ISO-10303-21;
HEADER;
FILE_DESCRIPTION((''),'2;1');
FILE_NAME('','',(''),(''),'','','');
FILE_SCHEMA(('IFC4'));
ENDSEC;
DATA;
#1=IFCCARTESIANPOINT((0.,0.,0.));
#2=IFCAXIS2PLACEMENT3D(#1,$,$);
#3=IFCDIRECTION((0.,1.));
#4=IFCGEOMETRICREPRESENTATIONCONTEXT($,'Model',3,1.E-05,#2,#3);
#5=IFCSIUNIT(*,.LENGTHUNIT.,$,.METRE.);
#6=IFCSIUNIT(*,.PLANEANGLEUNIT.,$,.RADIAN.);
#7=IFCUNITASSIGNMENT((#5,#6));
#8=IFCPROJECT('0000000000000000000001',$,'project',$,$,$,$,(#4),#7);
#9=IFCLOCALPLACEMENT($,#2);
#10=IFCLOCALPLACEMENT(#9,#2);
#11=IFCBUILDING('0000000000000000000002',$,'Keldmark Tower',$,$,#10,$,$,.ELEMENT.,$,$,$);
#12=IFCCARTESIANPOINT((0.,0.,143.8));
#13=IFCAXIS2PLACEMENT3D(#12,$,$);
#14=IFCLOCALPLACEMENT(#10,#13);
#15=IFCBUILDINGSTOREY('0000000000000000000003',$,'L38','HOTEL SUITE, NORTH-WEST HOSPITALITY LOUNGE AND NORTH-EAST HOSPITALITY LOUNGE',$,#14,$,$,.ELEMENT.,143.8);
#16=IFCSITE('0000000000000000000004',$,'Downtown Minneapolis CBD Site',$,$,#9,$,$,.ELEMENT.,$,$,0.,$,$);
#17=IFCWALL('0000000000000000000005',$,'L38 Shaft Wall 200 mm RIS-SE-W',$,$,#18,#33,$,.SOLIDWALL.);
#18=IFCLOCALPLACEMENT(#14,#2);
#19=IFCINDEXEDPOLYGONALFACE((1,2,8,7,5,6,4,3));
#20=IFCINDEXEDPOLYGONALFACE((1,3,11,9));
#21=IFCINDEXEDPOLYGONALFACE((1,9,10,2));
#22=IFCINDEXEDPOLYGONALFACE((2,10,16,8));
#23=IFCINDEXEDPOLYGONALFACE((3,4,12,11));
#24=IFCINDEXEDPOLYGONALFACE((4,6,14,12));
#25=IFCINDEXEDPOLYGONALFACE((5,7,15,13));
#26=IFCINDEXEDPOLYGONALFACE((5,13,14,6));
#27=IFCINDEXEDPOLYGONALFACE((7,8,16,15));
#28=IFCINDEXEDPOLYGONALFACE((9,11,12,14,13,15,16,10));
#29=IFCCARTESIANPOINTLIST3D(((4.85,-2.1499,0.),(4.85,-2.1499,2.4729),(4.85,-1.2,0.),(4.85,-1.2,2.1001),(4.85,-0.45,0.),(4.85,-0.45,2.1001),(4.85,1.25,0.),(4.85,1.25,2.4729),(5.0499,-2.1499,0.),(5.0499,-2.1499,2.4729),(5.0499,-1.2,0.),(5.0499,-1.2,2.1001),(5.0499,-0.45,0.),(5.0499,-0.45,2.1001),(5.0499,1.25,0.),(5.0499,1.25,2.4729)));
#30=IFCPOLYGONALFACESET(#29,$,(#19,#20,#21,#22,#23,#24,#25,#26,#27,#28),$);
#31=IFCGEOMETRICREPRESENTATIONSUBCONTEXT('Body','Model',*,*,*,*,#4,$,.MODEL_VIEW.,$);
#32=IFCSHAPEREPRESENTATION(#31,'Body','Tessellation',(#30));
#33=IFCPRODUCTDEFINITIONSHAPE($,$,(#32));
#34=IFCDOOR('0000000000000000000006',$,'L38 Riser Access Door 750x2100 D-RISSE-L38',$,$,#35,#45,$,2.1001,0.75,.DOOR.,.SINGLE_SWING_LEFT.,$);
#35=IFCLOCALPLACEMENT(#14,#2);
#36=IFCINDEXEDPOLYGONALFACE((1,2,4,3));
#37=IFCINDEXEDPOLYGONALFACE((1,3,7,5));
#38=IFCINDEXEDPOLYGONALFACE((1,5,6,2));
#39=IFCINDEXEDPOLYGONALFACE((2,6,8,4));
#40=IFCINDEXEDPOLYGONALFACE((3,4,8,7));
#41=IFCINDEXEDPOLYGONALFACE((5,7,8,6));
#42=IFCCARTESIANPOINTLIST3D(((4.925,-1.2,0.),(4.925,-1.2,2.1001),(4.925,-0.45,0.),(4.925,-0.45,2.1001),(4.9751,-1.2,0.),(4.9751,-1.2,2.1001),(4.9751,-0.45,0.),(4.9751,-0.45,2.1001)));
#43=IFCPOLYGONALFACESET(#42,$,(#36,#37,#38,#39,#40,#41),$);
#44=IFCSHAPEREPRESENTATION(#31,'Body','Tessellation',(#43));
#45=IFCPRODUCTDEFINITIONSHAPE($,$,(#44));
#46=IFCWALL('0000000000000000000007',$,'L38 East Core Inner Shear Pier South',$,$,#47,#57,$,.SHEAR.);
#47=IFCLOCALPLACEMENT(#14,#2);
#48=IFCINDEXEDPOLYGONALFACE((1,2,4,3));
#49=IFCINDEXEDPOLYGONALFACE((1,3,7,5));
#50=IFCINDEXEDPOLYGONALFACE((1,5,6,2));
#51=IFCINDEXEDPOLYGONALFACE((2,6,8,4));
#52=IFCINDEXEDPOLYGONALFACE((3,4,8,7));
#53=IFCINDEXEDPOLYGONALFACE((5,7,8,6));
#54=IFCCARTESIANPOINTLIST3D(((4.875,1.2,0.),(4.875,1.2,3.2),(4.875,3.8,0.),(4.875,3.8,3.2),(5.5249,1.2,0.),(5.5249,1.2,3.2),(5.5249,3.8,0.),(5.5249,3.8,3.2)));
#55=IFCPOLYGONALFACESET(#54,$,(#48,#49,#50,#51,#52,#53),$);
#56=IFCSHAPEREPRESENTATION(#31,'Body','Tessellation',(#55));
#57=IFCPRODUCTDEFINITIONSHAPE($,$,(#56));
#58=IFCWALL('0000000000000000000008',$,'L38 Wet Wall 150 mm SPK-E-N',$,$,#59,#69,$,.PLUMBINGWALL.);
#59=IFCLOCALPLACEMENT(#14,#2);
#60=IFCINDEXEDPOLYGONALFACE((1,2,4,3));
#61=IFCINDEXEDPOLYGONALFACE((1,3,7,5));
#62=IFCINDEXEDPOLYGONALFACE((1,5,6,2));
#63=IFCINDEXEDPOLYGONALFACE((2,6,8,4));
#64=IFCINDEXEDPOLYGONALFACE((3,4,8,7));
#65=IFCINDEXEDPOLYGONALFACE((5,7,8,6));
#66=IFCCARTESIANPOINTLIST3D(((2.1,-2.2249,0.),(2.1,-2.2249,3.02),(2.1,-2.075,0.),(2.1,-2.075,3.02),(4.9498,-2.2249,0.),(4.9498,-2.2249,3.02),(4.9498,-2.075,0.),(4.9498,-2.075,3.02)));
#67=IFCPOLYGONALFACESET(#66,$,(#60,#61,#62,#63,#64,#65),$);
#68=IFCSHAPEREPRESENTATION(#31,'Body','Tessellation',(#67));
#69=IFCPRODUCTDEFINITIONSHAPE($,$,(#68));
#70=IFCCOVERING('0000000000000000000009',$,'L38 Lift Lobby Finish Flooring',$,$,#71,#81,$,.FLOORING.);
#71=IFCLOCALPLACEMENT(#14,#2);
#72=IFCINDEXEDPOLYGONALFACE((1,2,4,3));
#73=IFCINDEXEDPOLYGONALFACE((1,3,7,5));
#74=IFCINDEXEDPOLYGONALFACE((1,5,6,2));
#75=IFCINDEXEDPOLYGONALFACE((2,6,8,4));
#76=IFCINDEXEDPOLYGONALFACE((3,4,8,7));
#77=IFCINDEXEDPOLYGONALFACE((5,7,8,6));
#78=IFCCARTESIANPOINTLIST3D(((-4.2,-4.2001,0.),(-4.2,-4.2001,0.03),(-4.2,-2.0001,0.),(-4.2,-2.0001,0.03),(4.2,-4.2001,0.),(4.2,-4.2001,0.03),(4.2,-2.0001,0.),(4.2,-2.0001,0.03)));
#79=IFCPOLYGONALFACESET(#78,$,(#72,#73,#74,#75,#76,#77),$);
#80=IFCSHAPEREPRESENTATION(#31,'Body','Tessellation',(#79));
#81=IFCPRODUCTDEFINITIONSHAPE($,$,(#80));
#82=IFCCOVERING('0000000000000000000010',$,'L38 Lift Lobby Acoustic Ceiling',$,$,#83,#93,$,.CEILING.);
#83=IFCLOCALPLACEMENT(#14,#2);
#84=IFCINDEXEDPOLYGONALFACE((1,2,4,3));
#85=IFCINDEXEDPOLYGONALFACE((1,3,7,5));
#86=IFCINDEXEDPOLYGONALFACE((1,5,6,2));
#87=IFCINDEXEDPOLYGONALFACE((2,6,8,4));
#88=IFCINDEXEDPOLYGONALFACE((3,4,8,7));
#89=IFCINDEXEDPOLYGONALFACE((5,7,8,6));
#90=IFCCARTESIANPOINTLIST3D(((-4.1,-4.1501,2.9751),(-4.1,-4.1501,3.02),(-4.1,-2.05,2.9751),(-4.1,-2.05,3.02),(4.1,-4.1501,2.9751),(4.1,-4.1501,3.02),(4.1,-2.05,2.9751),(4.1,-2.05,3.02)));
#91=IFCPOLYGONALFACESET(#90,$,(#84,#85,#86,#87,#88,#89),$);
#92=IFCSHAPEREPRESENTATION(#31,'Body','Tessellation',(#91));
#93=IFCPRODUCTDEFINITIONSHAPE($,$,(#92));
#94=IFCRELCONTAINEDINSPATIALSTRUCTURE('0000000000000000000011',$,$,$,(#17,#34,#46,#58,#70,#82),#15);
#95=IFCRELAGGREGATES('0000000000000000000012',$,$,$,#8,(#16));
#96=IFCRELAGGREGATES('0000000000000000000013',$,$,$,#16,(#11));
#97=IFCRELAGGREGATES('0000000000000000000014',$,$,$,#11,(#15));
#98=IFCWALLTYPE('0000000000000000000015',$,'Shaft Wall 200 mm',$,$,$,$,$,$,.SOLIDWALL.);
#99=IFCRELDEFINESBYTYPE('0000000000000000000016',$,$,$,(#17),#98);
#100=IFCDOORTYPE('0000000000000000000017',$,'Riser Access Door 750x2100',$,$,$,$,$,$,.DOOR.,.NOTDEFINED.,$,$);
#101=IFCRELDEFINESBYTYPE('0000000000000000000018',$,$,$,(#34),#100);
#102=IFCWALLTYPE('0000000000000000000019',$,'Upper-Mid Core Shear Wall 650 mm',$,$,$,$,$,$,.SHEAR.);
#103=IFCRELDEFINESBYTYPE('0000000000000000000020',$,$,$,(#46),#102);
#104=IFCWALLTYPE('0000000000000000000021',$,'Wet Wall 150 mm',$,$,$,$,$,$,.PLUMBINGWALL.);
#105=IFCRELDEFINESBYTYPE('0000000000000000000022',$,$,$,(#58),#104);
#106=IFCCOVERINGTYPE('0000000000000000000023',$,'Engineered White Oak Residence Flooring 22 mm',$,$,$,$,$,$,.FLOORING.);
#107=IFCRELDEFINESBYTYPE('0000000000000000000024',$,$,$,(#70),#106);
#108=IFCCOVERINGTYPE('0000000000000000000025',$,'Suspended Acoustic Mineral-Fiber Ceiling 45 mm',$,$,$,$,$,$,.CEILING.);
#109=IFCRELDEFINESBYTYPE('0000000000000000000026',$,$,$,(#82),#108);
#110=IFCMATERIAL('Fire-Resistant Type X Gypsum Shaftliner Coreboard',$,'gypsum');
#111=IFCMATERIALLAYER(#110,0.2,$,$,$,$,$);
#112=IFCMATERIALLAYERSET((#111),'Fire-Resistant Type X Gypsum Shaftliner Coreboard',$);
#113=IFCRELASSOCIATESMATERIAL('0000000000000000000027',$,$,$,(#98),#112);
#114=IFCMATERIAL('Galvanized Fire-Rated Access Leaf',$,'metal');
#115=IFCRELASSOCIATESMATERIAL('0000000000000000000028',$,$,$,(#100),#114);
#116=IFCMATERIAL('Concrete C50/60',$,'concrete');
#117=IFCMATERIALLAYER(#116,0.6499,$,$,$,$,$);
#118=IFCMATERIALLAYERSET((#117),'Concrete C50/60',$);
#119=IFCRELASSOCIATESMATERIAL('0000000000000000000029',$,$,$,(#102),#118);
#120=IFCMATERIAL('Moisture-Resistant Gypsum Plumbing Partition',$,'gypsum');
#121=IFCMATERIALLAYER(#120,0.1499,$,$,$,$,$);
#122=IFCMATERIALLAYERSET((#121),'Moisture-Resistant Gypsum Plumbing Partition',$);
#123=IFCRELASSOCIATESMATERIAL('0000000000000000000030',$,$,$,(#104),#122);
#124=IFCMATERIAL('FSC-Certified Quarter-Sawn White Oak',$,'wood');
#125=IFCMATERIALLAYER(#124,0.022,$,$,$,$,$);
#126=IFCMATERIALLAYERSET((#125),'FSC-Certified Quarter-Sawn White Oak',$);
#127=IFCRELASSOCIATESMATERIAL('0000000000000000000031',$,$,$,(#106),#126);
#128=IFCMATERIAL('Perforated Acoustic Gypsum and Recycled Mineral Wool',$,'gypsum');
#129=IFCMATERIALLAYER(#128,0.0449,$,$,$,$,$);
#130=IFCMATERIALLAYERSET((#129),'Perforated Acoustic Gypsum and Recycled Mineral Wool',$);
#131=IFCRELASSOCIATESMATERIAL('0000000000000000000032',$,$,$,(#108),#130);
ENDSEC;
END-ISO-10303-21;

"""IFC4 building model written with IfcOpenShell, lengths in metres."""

from ifc_helpers import new_model, si_unit, direction, frame, frame_2d, origin, origin_2d, place, context, subcontext, project, spatial, rectangle, extrude, material, layer, layer_set, type_object, element, fill, save


model = new_model("IFC4")

# Units and contexts
model_context = context("Model", 3, precision=1e-05, world=origin(), true_north=direction((0.0, 1.0)))
body_context = subcontext(model_context, "Body", "Model", "MODEL_VIEW")
ifc_project = project(units=[si_unit("LENGTHUNIT", "METRE"), si_unit("PLANEANGLEUNIT", "RADIAN")], contexts=[model_context])

# Site, building, storey
site_placement = place(None, origin())
site = spatial("IfcSite", under=ifc_project, at=site_placement, Name="Downtown Minneapolis CBD Site", CompositionType="ELEMENT", RefElevation=0.0)
building_placement = place(site_placement, origin())
building = spatial("IfcBuilding", under=site, at=building_placement, Name="Keldmark Tower", CompositionType="ELEMENT")
storey_placement = place(building_placement, frame((0.0, 0.0, 143.8)))
storey = spatial("IfcBuildingStorey", under=building, at=storey_placement, Name="L38", Description="HOTEL SUITE, NORTH-WEST HOSPITALITY LOUNGE AND NORTH-EAST HOSPITALITY LOUNGE", CompositionType="ELEMENT", Elevation=143.8)

# Shared definitions
ifc_material_1 = material(Name="Fire-Resistant Type X Gypsum Shaftliner Coreboard", Category="gypsum")
ifc_layer_1 = layer(ifc_material_1, 0.2)
ifc_layer_set_1 = layer_set([ifc_layer_1], Name="Fire-Resistant Type X Gypsum Shaftliner Coreboard")
wall_type_1 = type_object("IfcWallType", Name="Shaft Wall 200 mm", PredefinedType="SOLIDWALL", material=ifc_layer_set_1)

# Wall, opening, door
wall_1_placement = place(storey_placement, frame((4.95, -2.1499, 0.0), z_axis=(0.0, 0.0, 1.0), x_axis=(0.0, 1.0, 0.0)))
wall_1 = element("IfcWall", 1, at=wall_1_placement, inside=storey, type_object=wall_type_1, Name="L38 Shaft Wall 200 mm RIS-SE-W", PredefinedType="SOLIDWALL", context=body_context, shape_type="SweptSolid", body=[
    extrude(rectangle(XDim=3.3999, YDim=0.2, at=frame_2d((1.7, 0.0))), origin(), (0.0, 0.0, 1.0), 2.4729),
])
opening_1_placement = place(wall_1_placement, frame((0.95, 0.0, 0.0)))
opening_1 = element("IfcOpeningElement", 2, at=opening_1_placement, cuts=wall_1, PredefinedType="OPENING", context=body_context, shape_type="SweptSolid", body=[
    extrude(rectangle(XDim=0.75, YDim=2.1001, at=frame_2d((0.375, 1.05))), frame((0.0, 0.1099, 0.0), z_axis=(0.0, -1.0, 0.0), x_axis=(1.0, 0.0, 0.0)), (0.0, 0.0, 1.0), 0.22),
])
ifc_material_2 = material(Name="Galvanized Fire-Rated Access Leaf", Category="metal")
door_type_1 = type_object("IfcDoorType", Name="Riser Access Door 750x2100", OperationType="NOTDEFINED", PredefinedType="DOOR", material=ifc_material_2)
door_1_placement = place(opening_1_placement, origin())
door_1 = element("IfcDoor", 3, at=door_1_placement, inside=storey, type_object=door_type_1, Name="L38 Riser Access Door 750x2100 D-RISSE-L38", OperationType="SINGLE_SWING_LEFT", OverallHeight=2.1001, OverallWidth=0.75, PredefinedType="DOOR", context=body_context, shape_type="SweptSolid", body=[
    extrude(rectangle(XDim=0.75, YDim=2.1001, at=frame_2d((0.375, 1.05))), frame((0.0, 0.0249, 0.0), z_axis=(0.0, -1.0, 0.0), x_axis=(1.0, 0.0, 0.0)), (0.0, 0.0, 1.0), 0.05),
])
fill(opening_1, door_1)

# Walls
ifc_material_3 = material(Name="Concrete C50/60", Category="concrete")
ifc_layer_2 = layer(ifc_material_3, 0.6499)
ifc_layer_set_2 = layer_set([ifc_layer_2], Name="Concrete C50/60")
wall_type_2 = type_object("IfcWallType", Name="Upper-Mid Core Shear Wall 650 mm", PredefinedType="SHEAR", material=ifc_layer_set_2)
wall_2_placement = place(storey_placement, frame((5.2, 1.2, 0.0), z_axis=(0.0, 0.0, 1.0), x_axis=(0.0, 1.0, 0.0)))
element("IfcWall", 4, at=wall_2_placement, inside=storey, type_object=wall_type_2, Name="L38 East Core Inner Shear Pier South", PredefinedType="SHEAR", context=body_context, shape_type="SweptSolid", body=[
    extrude(rectangle(XDim=2.6001, YDim=0.6499, at=frame_2d((1.3, 0.0))), origin(), (0.0, 0.0, 1.0), 3.2),
])
ifc_material_4 = material(Name="Moisture-Resistant Gypsum Plumbing Partition", Category="gypsum")
ifc_layer_3 = layer(ifc_material_4, 0.1499)
ifc_layer_set_3 = layer_set([ifc_layer_3], Name="Moisture-Resistant Gypsum Plumbing Partition")
wall_type_3 = type_object("IfcWallType", Name="Wet Wall 150 mm", PredefinedType="PLUMBINGWALL", material=ifc_layer_set_3)
wall_3_placement = place(storey_placement, frame((2.1001, -2.1499, 0.0), z_axis=(0.0, 0.0, 1.0), x_axis=(1.0, 0.0, 0.0)))
element("IfcWall", 5, at=wall_3_placement, inside=storey, type_object=wall_type_3, Name="L38 Wet Wall 150 mm SPK-E-N", PredefinedType="PLUMBINGWALL", context=body_context, shape_type="SweptSolid", body=[
    extrude(rectangle(XDim=2.8499, YDim=0.1499, at=frame_2d((1.4248, 0.0))), origin(), (0.0, 0.0, 1.0), 3.02),
])

# Coverings
ifc_material_5 = material(Name="FSC-Certified Quarter-Sawn White Oak", Category="wood")
ifc_layer_4 = layer(ifc_material_5, 0.022)
ifc_layer_set_4 = layer_set([ifc_layer_4], Name="FSC-Certified Quarter-Sawn White Oak")
covering_type_1 = type_object("IfcCoveringType", Name="Engineered White Oak Residence Flooring 22 mm", PredefinedType="FLOORING", material=ifc_layer_set_4)
covering_1_placement = place(storey_placement, frame((0.0, -3.1001, 0.0), z_axis=(0.0, 0.0, 1.0), x_axis=(1.0, 0.0, 0.0)))
element("IfcCovering", 6, at=covering_1_placement, inside=storey, type_object=covering_type_1, Name="L38 Lift Lobby Finish Flooring", PredefinedType="FLOORING", context=body_context, shape_type="SweptSolid", body=[
    extrude(rectangle(XDim=8.3999, YDim=2.2, at=origin_2d()), origin(), (0.0, 0.0, 1.0), 0.03),
])
ifc_material_6 = material(Name="Perforated Acoustic Gypsum and Recycled Mineral Wool", Category="gypsum")
ifc_layer_5 = layer(ifc_material_6, 0.0449)
ifc_layer_set_5 = layer_set([ifc_layer_5], Name="Perforated Acoustic Gypsum and Recycled Mineral Wool")
covering_type_2 = type_object("IfcCoveringType", Name="Suspended Acoustic Mineral-Fiber Ceiling 45 mm", PredefinedType="CEILING", material=ifc_layer_set_5)
covering_2_placement = place(storey_placement, frame((0.0, -3.1001, 2.9751), z_axis=(0.0, 0.0, 1.0), x_axis=(1.0, 0.0, 0.0)))
element("IfcCovering", 7, at=covering_2_placement, inside=storey, type_object=covering_type_2, Name="L38 Lift Lobby Acoustic Ceiling", PredefinedType="CEILING", context=body_context, shape_type="SweptSolid", body=[
    extrude(rectangle(XDim=8.2, YDim=2.1001, at=origin_2d()), origin(), (0.0, 0.0, 1.0), 0.0449),
])

save(model, "model.ifc")
